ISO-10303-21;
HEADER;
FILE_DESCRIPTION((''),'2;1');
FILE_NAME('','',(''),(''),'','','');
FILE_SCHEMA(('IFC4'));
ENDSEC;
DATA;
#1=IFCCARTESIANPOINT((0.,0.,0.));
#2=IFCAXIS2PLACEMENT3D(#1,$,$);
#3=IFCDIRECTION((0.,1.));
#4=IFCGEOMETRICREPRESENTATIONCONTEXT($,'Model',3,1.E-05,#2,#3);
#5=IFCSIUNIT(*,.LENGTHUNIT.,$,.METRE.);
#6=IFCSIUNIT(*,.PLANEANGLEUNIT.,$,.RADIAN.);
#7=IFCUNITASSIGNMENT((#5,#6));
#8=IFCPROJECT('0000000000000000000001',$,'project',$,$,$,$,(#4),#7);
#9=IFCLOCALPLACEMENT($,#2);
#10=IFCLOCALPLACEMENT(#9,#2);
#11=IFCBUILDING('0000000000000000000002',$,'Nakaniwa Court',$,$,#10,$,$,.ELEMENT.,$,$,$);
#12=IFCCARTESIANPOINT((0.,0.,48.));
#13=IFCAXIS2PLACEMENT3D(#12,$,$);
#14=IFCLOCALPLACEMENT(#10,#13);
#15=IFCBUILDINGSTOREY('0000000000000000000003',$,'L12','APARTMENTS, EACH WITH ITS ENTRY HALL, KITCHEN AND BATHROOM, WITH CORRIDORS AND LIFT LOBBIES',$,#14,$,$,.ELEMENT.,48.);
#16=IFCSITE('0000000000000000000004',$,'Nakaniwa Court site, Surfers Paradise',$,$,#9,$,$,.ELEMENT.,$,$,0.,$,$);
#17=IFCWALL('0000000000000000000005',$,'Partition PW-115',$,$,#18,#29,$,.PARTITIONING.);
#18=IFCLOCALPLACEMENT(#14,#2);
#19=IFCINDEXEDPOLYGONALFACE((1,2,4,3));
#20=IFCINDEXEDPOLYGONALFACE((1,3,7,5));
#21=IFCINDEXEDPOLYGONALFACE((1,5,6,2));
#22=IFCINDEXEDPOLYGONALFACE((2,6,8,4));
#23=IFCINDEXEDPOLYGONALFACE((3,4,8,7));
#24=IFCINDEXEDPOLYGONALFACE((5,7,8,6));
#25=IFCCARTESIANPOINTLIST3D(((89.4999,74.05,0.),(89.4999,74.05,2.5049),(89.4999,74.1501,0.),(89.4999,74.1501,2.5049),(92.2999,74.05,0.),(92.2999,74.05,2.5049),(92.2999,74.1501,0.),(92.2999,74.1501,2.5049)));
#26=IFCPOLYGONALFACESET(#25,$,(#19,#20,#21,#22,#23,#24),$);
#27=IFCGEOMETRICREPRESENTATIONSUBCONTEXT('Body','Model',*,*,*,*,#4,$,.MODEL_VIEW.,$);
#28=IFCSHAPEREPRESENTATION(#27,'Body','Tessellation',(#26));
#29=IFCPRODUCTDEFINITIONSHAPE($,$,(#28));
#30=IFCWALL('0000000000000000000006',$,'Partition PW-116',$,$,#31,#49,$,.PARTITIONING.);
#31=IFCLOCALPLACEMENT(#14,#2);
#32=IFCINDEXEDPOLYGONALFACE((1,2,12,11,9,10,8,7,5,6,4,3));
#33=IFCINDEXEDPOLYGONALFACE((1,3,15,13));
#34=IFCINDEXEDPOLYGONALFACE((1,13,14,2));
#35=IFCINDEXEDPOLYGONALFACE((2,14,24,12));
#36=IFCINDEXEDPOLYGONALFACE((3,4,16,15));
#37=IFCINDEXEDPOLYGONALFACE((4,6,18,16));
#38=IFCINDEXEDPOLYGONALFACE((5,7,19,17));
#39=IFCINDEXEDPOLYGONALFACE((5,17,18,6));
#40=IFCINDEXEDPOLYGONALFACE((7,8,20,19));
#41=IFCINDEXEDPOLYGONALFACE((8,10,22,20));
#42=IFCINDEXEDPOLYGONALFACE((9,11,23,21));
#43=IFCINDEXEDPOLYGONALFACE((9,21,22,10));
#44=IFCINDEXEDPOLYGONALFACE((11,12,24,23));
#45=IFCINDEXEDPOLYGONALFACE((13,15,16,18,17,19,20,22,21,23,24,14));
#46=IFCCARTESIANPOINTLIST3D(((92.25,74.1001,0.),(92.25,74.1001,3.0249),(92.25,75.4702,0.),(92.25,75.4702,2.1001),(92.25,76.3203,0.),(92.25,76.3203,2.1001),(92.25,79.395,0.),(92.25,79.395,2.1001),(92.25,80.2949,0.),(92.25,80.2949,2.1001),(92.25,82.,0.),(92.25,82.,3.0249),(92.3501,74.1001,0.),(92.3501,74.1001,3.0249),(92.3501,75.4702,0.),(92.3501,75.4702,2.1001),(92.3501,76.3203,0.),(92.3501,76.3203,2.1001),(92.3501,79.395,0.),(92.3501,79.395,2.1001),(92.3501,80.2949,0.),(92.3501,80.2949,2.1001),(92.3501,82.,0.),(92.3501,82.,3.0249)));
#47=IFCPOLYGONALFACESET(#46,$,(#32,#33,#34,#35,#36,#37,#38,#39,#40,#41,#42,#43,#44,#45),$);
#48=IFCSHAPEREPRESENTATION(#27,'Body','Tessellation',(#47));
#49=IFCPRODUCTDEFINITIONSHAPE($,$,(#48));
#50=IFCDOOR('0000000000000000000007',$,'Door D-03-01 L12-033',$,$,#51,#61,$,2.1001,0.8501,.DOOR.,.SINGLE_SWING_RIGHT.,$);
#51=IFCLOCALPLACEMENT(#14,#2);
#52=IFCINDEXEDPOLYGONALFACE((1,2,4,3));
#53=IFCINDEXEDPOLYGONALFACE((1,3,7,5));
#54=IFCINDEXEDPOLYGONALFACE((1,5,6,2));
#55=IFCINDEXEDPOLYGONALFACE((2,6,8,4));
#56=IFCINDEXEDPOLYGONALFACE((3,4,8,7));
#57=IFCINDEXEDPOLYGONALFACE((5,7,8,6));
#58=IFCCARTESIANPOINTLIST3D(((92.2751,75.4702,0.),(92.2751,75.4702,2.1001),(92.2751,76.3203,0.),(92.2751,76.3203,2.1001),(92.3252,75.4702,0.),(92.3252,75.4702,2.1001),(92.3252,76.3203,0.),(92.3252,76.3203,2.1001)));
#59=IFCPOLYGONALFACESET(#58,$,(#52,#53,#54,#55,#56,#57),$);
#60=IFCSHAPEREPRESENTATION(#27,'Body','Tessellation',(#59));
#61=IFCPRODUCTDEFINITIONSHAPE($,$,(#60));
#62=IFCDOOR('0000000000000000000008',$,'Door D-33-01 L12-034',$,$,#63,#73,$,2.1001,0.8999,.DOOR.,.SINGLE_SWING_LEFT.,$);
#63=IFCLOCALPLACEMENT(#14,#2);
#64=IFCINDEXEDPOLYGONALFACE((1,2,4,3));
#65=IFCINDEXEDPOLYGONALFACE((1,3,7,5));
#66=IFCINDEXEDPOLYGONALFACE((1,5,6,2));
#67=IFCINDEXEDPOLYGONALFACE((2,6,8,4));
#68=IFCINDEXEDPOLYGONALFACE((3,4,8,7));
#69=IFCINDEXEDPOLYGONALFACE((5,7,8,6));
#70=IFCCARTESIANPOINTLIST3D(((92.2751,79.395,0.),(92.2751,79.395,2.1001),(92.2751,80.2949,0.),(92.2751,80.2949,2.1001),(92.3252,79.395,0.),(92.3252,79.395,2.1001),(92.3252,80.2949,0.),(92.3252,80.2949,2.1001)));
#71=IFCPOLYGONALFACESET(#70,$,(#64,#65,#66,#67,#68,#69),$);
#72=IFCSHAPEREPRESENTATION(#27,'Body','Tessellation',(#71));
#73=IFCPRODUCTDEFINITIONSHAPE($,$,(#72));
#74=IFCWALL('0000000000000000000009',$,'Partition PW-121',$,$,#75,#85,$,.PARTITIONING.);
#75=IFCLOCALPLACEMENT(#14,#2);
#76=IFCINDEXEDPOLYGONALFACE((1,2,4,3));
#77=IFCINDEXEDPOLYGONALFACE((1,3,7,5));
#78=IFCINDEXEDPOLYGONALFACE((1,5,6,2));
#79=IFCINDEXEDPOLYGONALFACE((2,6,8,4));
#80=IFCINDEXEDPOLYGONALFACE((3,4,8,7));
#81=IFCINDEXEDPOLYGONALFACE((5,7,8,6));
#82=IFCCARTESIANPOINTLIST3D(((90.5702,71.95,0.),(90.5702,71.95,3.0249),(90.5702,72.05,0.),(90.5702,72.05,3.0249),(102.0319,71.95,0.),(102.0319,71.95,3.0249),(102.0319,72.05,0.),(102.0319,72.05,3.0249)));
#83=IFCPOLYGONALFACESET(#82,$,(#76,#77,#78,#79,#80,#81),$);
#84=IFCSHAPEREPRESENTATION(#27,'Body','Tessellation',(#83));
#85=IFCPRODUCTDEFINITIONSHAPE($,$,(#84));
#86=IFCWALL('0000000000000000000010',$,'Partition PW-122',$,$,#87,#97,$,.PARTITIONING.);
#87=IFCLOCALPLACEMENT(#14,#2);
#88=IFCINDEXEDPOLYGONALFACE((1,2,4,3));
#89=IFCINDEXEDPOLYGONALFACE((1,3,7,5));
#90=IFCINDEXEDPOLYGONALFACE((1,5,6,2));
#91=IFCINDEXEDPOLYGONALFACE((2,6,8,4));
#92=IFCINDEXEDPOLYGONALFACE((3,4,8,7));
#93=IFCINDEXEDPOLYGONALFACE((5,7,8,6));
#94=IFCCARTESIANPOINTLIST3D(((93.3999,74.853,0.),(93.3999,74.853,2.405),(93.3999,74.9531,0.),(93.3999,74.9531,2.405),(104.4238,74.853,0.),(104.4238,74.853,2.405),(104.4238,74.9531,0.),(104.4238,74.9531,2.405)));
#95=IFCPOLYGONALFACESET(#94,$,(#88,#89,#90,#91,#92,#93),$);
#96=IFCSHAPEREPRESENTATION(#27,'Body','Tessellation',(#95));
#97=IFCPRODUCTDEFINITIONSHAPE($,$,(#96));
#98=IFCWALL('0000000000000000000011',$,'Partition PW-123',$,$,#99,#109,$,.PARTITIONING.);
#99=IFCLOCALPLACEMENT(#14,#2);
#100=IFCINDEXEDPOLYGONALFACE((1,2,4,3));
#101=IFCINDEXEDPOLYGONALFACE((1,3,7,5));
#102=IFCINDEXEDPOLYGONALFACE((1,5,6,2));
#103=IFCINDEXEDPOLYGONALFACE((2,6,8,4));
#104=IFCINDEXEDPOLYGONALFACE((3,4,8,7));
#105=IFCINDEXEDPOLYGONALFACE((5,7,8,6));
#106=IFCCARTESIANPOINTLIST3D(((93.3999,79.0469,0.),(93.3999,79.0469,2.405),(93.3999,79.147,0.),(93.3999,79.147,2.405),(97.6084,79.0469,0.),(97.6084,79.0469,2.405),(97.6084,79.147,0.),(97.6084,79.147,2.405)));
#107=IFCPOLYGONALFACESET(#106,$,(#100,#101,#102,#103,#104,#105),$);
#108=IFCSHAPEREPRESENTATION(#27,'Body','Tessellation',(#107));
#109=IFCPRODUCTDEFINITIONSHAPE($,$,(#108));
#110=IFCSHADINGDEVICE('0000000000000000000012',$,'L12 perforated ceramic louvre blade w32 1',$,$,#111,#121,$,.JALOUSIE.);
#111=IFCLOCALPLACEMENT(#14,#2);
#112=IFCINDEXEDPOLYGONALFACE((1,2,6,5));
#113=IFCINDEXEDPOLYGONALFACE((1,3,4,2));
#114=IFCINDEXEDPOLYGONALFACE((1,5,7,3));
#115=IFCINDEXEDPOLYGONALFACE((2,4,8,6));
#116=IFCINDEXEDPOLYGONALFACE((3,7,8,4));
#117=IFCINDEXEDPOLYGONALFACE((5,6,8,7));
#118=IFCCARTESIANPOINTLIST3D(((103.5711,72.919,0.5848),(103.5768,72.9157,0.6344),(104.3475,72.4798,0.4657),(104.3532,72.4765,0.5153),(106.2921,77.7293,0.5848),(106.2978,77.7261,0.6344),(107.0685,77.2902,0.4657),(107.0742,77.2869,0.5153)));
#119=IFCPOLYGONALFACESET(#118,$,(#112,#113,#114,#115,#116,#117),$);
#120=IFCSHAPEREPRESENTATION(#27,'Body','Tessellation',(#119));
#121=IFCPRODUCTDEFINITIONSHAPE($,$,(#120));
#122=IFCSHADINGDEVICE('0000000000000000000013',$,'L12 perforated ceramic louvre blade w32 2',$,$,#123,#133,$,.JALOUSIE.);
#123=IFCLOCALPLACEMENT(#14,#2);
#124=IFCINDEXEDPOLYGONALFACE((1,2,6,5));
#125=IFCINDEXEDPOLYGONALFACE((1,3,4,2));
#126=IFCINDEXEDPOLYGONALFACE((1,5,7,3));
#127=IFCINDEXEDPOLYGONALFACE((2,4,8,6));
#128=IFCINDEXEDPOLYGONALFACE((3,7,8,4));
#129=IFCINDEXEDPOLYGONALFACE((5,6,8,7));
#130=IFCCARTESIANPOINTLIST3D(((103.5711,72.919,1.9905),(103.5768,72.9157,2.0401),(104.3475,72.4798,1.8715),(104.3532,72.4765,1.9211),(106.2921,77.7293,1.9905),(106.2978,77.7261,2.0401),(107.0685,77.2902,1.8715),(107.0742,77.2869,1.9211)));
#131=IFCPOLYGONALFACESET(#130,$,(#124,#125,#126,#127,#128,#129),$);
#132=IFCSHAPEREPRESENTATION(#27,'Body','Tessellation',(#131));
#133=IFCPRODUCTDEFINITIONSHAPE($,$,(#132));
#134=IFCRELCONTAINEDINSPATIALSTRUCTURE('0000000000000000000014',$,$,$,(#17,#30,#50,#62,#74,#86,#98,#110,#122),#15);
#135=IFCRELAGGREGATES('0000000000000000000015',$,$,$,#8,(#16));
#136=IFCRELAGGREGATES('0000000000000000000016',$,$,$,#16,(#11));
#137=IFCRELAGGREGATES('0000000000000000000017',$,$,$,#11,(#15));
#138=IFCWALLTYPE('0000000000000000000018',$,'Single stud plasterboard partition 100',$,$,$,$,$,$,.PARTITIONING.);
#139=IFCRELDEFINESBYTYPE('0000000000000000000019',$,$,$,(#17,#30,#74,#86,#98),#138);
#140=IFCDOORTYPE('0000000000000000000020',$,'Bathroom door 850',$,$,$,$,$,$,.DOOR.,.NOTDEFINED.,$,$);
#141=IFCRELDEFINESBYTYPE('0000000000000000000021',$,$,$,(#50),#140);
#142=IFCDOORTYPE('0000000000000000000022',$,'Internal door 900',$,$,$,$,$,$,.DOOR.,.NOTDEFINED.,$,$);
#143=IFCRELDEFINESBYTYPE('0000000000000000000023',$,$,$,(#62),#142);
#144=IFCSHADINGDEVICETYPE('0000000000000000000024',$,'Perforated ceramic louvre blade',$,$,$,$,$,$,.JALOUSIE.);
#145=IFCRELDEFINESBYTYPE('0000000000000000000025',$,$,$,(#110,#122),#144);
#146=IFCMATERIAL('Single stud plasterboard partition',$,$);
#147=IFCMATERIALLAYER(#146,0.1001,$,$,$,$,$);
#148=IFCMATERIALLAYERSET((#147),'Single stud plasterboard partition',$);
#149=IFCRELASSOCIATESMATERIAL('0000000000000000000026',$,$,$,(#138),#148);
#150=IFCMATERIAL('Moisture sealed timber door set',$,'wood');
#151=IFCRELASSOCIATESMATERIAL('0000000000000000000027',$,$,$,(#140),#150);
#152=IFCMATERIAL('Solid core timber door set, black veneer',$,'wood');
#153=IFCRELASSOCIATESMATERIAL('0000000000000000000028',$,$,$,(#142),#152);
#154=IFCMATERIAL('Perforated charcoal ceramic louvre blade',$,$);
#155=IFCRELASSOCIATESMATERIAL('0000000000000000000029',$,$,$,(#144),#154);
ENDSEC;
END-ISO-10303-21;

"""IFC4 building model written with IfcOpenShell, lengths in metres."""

from ifc_helpers import new_model, si_unit, direction, frame, frame_2d, origin, origin_2d, place, context, subcontext, project, spatial, rectangle, extrude, material, layer, layer_set, material_profile, profile_set, type_object, element, fill, save


model = new_model("IFC4")

# Units and contexts
model_context = context("Model", 3, precision=1e-05, world=origin(), true_north=direction((0.0, 1.0)))
body_context = subcontext(model_context, "Body", "Model", "MODEL_VIEW")
ifc_project = project(units=[si_unit("LENGTHUNIT", "METRE"), si_unit("PLANEANGLEUNIT", "RADIAN")], contexts=[model_context])

# Site, building, storey
site_placement = place(None, origin())
site = spatial("IfcSite", under=ifc_project, at=site_placement, Name="Nakaniwa Court site, Surfers Paradise", CompositionType="ELEMENT", RefElevation=0.0)
building_placement = place(site_placement, origin())
building = spatial("IfcBuilding", under=site, at=building_placement, Name="Nakaniwa Court", CompositionType="ELEMENT")
storey_placement = place(building_placement, frame((0.0, 0.0, 48.0)))
storey = spatial("IfcBuildingStorey", under=building, at=storey_placement, Name="L12", Description="APARTMENTS, EACH WITH ITS ENTRY HALL, KITCHEN AND BATHROOM, WITH CORRIDORS AND LIFT LOBBIES", CompositionType="ELEMENT", Elevation=48.0)

# Shared definitions
ifc_material_1 = material(Name="Solid core timber door set, black veneer", Category="wood")

# Wall
ifc_material_2 = material(Name="Single stud plasterboard partition")
ifc_layer_1 = layer(ifc_material_2, 0.1001)
ifc_layer_set_1 = layer_set([ifc_layer_1], Name="Single stud plasterboard partition")
wall_type_1 = type_object("IfcWallType", Name="Single stud plasterboard partition 100", PredefinedType="PARTITIONING", material=ifc_layer_set_1)
wall_1_placement = place(storey_placement, frame((89.5, 74.1001, 0.0), z_axis=(0.0, 0.0, 1.0), x_axis=(1.0, 0.0, 0.0)))
element("IfcWall", 1, at=wall_1_placement, inside=storey, type_object=wall_type_1, Name="Partition PW-115", PredefinedType="PARTITIONING", context=body_context, shape_type="SweptSolid", body=[
    extrude(rectangle(XDim=2.8, YDim=0.1001, at=frame_2d((1.3999, 0.0))), origin(), (0.0, 0.0, 1.0), 2.5049),
])

# Wall, openings, doors
wall_2_placement = place(storey_placement, frame((92.3, 74.1001, 0.0), z_axis=(0.0, 0.0, 1.0), x_axis=(0.0, 1.0, 0.0)))
wall_2 = element("IfcWall", 2, at=wall_2_placement, inside=storey, type_object=wall_type_1, Name="Partition PW-116", PredefinedType="PARTITIONING", context=body_context, shape_type="SweptSolid", body=[
    extrude(rectangle(XDim=7.8999, YDim=0.1001, at=frame_2d((3.95, 0.0))), origin(), (0.0, 0.0, 1.0), 3.0249),
])
opening_1_placement = place(wall_2_placement, frame((1.3701, 0.0, 0.0)))
opening_1 = element("IfcOpeningElement", 3, at=opening_1_placement, cuts=wall_2, PredefinedType="OPENING", context=body_context, shape_type="SweptSolid", body=[
    extrude(rectangle(XDim=0.8501, YDim=2.1001, at=frame_2d((0.425, 1.05))), frame((0.0, 0.0601, 0.0), z_axis=(0.0, -1.0, 0.0), x_axis=(1.0, 0.0, 0.0)), (0.0, 0.0, 1.0), 0.1201),
])
opening_2_placement = place(wall_2_placement, frame((5.2949, 0.0, 0.0)))
opening_2 = element("IfcOpeningElement", 4, at=opening_2_placement, cuts=wall_2, PredefinedType="OPENING", context=body_context, shape_type="SweptSolid", body=[
    extrude(rectangle(XDim=0.8999, YDim=2.1001, at=frame_2d((0.45, 1.05))), frame((0.0, 0.0601, 0.0), z_axis=(0.0, -1.0, 0.0), x_axis=(1.0, 0.0, 0.0)), (0.0, 0.0, 1.0), 0.1201),
])
ifc_material_3 = material(Name="Moisture sealed timber door set", Category="wood")
door_type_1 = type_object("IfcDoorType", Name="Bathroom door 850", OperationType="NOTDEFINED", PredefinedType="DOOR", material=ifc_material_3)
door_1_placement = place(opening_1_placement, origin())
door_1 = element("IfcDoor", 5, at=door_1_placement, inside=storey, type_object=door_type_1, Name="Door D-03-01 L12-033", OperationType="SINGLE_SWING_RIGHT", OverallHeight=2.1001, OverallWidth=0.8501, PredefinedType="DOOR", context=body_context, shape_type="SweptSolid", body=[
    extrude(rectangle(XDim=0.8501, YDim=2.1001, at=frame_2d((0.425, 1.05))), frame((0.0, 0.0249, 0.0), z_axis=(0.0, -1.0, 0.0), x_axis=(1.0, 0.0, 0.0)), (0.0, 0.0, 1.0), 0.05),
])
fill(opening_1, door_1)
door_type_2 = type_object("IfcDoorType", Name="Internal door 900", OperationType="NOTDEFINED", PredefinedType="DOOR", material=ifc_material_1)
door_2_placement = place(opening_2_placement, origin())
door_2 = element("IfcDoor", 6, at=door_2_placement, inside=storey, type_object=door_type_2, Name="Door D-33-01 L12-034", OperationType="SINGLE_SWING_LEFT", OverallHeight=2.1001, OverallWidth=0.8999, PredefinedType="DOOR", context=body_context, shape_type="SweptSolid", body=[
    extrude(rectangle(XDim=0.8999, YDim=2.1001, at=frame_2d((0.45, 1.05))), frame((0.0, 0.0249, 0.0), z_axis=(0.0, -1.0, 0.0), x_axis=(1.0, 0.0, 0.0)), (0.0, 0.0, 1.0), 0.05),
])
fill(opening_2, door_2)

# Walls
wall_3_placement = place(storey_placement, frame((90.5701, 72.0, 0.0), z_axis=(0.0, 0.0, 1.0), x_axis=(1.0, 0.0, 0.0)))
element("IfcWall", 7, at=wall_3_placement, inside=storey, type_object=wall_type_1, Name="Partition PW-121", PredefinedType="PARTITIONING", context=body_context, shape_type="SweptSolid", body=[
    extrude(rectangle(XDim=11.4617, YDim=0.1001, at=frame_2d((5.731, 0.0))), origin(), (0.0, 0.0, 1.0), 3.0249),
])
wall_4_placement = place(storey_placement, frame((93.3999, 74.9031, 0.0), z_axis=(0.0, 0.0, 1.0), x_axis=(1.0, 0.0, 0.0)))
element("IfcWall", 8, at=wall_4_placement, inside=storey, type_object=wall_type_1, Name="Partition PW-122", PredefinedType="PARTITIONING", context=body_context, shape_type="SweptSolid", body=[
    extrude(rectangle(XDim=11.0239, YDim=0.1001, at=frame_2d((5.512, 0.0))), origin(), (0.0, 0.0, 1.0), 2.405),
])
wall_5_placement = place(storey_placement, frame((93.3999, 79.0969, 0.0), z_axis=(0.0, 0.0, 1.0), x_axis=(1.0, 0.0, 0.0)))
element("IfcWall", 9, at=wall_5_placement, inside=storey, type_object=wall_type_1, Name="Partition PW-123", PredefinedType="PARTITIONING", context=body_context, shape_type="SweptSolid", body=[
    extrude(rectangle(XDim=4.2085, YDim=0.1001, at=frame_2d((2.1042, 0.0))), origin(), (0.0, 0.0, 1.0), 2.405),
])

# Shading devices
ifc_material_4 = material(Name="Perforated charcoal ceramic louvre blade")
ifc_material_profile_1 = material_profile(ifc_material_4, rectangle(XDim=0.8999, YDim=0.05, at=origin_2d()), Name="Perforated ceramic louvre blade")
ifc_profile_set_1 = profile_set([ifc_material_profile_1], Name="Perforated charcoal ceramic louvre blade")
shading_device_type = type_object("IfcShadingDeviceType", Name="Perforated ceramic louvre blade", PredefinedType="JALOUSIE", material=ifc_profile_set_1)
for number, where, z_axis, x_axis, name in (
    (10, (103.9622, 72.6978, 0.55), (0.492343, 0.870402, 0.0), (-0.862756, 0.488018, 0.132256), "L12 perforated ceramic louvre blade w32 1"),
    (11, (103.9622, 72.6978, 1.9558), (0.492343, 0.870402, 0.0), (-0.862756, 0.488018, 0.132256), "L12 perforated ceramic louvre blade w32 2"),
):
    element("IfcShadingDevice", number, at=place(storey_placement, frame(where, z_axis=z_axis, x_axis=x_axis)), inside=storey, type_object=shading_device_type, Name=name, PredefinedType="JALOUSIE", context=body_context, shape_type="SweptSolid", body=[
        extrude(rectangle(XDim=0.8999, YDim=0.05, at=origin_2d()), origin(), (0.0, 0.0, 1.0), 5.5266),
    ])

save(model, "model.ifc")
